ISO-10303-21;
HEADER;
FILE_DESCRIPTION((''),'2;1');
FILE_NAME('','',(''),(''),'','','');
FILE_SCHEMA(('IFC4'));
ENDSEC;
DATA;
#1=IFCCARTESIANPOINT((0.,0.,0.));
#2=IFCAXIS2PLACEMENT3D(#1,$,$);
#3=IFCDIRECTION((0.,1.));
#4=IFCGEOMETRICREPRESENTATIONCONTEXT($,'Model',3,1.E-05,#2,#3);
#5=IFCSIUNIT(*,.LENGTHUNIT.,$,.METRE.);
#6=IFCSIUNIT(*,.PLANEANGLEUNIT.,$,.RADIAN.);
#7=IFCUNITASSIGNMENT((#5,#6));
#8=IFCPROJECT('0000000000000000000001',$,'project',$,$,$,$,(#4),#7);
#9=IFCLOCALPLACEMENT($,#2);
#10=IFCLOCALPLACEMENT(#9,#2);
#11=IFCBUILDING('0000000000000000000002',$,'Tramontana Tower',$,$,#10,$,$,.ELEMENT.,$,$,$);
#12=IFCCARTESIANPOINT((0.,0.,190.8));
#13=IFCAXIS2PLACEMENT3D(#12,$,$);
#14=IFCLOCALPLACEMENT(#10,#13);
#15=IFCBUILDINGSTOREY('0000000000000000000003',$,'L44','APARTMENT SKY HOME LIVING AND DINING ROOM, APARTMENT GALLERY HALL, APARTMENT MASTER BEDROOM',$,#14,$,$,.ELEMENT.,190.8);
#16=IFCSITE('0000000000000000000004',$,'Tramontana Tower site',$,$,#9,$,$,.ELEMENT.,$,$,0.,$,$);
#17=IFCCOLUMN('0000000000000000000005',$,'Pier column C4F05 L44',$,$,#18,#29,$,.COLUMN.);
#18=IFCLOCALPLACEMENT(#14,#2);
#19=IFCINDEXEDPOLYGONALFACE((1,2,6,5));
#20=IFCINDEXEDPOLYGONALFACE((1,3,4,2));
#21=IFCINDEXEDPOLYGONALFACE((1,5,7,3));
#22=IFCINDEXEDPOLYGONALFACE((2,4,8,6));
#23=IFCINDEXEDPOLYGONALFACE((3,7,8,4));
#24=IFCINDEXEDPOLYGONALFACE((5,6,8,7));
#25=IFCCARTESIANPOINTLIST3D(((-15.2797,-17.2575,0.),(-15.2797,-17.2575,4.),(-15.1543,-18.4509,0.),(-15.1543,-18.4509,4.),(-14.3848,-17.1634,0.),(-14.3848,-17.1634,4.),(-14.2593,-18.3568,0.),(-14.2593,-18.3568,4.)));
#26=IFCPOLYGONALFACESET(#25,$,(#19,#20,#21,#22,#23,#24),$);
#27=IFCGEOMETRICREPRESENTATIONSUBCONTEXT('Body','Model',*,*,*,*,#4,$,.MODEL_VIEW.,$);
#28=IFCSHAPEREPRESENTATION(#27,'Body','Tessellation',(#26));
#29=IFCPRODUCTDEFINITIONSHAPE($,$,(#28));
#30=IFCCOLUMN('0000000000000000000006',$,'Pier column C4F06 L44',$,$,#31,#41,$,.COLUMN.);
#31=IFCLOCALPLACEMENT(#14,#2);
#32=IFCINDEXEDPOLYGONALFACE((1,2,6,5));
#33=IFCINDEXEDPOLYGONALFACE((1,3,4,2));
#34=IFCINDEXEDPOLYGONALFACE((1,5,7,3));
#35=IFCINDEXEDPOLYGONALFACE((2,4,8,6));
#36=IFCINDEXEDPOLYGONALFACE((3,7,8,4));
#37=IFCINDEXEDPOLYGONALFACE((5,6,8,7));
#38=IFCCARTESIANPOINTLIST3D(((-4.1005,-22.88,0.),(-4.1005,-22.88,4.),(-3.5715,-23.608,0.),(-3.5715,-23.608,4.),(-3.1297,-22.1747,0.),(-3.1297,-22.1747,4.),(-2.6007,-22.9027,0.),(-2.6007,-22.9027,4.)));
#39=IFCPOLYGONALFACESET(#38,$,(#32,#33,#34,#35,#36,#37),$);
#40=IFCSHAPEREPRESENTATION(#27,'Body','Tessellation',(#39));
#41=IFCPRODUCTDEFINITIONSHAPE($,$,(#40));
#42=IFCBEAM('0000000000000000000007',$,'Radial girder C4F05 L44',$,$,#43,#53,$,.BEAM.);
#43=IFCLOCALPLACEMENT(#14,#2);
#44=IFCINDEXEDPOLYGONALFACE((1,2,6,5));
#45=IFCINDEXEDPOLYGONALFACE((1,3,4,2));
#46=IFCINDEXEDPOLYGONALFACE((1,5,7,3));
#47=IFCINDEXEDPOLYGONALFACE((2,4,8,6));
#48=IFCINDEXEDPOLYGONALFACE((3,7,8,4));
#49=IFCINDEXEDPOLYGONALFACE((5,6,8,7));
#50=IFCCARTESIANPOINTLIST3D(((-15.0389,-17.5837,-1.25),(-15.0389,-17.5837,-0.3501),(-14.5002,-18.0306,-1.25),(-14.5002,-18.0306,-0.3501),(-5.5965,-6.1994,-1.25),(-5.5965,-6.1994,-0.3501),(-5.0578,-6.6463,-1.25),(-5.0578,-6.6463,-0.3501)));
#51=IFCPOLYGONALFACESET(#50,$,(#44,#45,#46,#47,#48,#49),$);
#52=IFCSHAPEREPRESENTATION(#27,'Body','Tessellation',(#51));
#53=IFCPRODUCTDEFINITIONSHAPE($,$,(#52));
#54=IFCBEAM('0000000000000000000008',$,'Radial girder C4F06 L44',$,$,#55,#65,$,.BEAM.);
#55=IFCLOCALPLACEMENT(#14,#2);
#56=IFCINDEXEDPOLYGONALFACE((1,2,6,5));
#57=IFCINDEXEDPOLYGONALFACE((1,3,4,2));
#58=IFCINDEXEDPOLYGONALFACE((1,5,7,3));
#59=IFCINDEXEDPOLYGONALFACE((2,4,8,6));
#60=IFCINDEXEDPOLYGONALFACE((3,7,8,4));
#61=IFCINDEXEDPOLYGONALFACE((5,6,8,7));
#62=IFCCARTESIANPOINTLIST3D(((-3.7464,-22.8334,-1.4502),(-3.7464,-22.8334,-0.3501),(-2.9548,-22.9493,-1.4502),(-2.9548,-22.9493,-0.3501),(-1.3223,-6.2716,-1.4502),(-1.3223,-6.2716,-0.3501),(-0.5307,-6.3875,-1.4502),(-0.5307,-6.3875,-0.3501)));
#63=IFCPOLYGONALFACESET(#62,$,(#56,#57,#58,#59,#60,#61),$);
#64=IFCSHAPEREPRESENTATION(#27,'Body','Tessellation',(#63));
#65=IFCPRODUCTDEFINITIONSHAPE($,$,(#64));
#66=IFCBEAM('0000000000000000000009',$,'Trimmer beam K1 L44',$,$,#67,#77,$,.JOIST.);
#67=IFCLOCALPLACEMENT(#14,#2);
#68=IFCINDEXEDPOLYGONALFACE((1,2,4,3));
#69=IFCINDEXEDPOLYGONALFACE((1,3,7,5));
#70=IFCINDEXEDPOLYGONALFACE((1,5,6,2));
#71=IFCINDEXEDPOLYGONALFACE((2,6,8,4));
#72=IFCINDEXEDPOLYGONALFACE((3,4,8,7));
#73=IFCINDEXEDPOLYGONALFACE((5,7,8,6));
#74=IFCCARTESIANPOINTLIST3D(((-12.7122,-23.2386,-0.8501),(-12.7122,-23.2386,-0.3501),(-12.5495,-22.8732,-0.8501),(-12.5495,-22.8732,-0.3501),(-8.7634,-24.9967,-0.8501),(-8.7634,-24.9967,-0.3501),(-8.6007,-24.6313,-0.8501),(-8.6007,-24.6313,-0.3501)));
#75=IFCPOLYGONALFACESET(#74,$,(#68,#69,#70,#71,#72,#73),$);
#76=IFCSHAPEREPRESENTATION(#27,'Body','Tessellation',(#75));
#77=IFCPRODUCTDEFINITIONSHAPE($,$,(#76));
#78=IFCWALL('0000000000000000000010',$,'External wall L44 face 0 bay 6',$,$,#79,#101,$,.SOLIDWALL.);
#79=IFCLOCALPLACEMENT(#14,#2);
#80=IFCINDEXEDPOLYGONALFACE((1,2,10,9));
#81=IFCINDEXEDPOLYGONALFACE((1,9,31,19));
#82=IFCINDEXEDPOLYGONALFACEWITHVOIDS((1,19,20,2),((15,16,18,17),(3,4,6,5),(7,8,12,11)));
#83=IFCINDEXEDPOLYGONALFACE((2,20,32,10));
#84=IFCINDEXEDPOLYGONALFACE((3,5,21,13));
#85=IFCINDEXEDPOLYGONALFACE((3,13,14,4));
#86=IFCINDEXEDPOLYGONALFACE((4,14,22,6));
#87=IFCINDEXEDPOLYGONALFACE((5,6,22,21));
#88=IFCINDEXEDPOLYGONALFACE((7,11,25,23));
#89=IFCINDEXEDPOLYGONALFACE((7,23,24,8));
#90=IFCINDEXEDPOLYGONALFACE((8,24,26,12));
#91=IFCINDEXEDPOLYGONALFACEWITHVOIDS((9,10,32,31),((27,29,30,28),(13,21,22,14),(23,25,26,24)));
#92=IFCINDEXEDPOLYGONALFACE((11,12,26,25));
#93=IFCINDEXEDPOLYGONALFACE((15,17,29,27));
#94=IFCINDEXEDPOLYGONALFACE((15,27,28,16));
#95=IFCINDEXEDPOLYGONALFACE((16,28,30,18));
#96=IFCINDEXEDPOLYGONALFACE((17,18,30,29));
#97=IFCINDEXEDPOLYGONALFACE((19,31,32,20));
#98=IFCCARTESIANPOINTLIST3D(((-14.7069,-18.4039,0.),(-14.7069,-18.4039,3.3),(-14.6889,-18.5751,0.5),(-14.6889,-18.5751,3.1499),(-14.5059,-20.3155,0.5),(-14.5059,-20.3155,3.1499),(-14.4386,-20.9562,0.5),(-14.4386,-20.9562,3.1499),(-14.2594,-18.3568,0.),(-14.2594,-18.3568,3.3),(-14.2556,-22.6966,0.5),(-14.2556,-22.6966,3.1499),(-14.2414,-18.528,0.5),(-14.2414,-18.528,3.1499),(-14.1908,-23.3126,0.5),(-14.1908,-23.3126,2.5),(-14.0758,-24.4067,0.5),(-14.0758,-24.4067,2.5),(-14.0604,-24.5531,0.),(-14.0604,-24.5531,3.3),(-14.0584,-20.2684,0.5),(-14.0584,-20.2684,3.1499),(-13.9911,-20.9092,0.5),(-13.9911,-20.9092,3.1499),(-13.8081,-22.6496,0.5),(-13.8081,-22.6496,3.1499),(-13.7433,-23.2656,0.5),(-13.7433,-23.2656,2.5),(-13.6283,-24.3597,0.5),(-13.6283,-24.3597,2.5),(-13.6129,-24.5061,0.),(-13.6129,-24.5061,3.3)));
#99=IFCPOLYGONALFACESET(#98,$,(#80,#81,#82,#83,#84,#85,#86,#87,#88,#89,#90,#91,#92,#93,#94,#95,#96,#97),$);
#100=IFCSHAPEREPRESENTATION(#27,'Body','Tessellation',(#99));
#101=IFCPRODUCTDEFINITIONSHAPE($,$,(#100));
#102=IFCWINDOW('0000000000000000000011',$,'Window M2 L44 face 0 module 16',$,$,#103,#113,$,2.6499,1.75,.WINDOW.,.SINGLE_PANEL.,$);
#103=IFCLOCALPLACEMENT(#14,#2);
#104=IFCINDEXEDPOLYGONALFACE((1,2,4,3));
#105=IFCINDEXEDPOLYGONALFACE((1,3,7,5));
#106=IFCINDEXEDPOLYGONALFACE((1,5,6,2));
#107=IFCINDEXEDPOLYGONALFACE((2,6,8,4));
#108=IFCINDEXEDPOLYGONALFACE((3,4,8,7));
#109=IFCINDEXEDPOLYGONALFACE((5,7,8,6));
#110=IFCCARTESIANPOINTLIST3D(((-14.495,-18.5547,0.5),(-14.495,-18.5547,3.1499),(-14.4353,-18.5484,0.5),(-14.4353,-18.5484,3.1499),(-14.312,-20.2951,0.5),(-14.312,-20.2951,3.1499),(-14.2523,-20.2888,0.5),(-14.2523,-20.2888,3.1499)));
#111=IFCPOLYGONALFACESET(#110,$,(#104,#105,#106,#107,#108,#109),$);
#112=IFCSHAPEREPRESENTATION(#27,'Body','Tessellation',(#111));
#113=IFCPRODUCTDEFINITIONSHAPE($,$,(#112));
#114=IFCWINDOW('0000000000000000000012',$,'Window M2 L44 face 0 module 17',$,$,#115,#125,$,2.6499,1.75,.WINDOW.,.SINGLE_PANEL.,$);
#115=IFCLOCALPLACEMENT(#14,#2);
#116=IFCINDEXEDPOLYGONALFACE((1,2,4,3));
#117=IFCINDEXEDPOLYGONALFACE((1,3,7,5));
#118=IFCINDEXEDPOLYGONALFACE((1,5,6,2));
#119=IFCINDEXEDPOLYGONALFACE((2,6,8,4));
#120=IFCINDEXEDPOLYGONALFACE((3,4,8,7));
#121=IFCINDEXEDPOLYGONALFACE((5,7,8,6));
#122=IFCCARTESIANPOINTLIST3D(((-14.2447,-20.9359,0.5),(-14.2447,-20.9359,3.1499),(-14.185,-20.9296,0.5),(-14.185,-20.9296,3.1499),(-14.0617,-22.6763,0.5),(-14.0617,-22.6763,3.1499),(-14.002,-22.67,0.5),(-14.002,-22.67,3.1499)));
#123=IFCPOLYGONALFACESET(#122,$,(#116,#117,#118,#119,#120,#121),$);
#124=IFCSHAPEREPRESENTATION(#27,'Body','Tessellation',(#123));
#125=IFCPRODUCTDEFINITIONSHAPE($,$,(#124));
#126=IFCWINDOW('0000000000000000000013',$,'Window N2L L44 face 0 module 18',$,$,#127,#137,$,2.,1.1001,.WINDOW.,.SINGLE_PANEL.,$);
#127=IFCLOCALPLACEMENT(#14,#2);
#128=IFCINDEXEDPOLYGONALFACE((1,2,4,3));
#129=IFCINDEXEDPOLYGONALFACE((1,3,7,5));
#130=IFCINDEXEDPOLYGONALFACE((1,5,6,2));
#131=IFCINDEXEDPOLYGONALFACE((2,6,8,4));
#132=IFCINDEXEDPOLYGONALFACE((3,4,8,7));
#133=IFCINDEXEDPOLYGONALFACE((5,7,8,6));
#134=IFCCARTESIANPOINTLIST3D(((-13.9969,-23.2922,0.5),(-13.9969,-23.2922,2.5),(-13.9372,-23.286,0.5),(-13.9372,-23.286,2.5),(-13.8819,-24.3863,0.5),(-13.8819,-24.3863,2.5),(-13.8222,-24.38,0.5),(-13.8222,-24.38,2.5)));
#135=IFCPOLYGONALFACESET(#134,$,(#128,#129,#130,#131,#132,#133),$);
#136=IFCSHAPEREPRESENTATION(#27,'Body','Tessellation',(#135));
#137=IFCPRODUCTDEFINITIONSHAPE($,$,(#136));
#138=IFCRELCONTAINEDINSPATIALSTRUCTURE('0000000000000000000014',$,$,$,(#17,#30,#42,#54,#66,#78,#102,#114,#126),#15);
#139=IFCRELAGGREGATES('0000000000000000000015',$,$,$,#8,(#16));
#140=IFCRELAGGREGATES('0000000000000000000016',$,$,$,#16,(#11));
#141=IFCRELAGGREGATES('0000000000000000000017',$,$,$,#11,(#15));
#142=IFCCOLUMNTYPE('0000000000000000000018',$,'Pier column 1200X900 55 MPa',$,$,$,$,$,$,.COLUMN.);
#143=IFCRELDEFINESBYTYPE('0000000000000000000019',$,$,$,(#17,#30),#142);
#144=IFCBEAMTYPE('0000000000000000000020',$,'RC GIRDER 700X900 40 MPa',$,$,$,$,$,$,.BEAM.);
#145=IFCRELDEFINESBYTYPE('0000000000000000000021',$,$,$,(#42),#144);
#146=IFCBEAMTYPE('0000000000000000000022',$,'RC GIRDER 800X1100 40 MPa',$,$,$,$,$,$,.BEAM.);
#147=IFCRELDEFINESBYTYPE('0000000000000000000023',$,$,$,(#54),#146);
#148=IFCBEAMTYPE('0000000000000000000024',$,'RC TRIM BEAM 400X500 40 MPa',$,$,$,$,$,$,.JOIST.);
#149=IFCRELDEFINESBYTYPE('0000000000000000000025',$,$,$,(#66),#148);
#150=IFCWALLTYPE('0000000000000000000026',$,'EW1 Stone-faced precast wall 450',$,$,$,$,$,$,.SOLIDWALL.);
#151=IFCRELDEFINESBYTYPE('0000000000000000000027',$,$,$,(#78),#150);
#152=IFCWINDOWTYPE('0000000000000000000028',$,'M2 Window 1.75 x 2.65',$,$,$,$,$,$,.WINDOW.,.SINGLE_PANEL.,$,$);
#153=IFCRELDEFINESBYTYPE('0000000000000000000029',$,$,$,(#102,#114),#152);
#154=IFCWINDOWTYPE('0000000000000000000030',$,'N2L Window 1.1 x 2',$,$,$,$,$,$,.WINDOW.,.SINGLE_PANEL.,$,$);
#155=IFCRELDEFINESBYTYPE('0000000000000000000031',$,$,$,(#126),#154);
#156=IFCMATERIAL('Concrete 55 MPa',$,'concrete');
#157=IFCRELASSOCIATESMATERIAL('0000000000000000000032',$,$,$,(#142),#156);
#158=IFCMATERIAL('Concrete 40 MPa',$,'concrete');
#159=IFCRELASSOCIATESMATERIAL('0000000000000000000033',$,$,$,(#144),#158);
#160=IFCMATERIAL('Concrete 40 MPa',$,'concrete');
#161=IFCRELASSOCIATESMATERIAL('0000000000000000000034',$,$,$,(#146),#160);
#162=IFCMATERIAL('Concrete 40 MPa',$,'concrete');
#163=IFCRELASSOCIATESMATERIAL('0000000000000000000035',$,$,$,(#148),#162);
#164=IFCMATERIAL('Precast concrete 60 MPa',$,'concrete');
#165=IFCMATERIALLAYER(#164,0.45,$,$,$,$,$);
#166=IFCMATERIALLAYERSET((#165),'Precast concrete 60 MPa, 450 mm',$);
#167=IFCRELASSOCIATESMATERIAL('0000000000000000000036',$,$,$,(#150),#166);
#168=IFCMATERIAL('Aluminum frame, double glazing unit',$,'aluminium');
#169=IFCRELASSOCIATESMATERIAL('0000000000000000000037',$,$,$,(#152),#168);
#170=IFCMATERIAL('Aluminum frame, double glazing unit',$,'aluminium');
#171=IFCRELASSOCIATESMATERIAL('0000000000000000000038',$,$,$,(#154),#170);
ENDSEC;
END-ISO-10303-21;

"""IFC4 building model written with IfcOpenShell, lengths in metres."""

from ifc_helpers import new_model, si_unit, direction, frame, frame_2d, origin, origin_2d, place, context, subcontext, project, spatial, rectangle, extrude, material, layer, layer_set, material_profile, profile_set, type_object, element, fill, save


model = new_model("IFC4")

# Units and contexts
model_context = context("Model", 3, precision=1e-05, world=origin(), true_north=direction((0.0, 1.0)))
body_context = subcontext(model_context, "Body", "Model", "MODEL_VIEW")
ifc_project = project(units=[si_unit("LENGTHUNIT", "METRE"), si_unit("PLANEANGLEUNIT", "RADIAN")], contexts=[model_context])

# Site, building, storey
site_placement = place(None, origin())
site = spatial("IfcSite", under=ifc_project, at=site_placement, Name="Tramontana Tower site", CompositionType="ELEMENT", RefElevation=0.0)
building_placement = place(site_placement, origin())
building = spatial("IfcBuilding", under=site, at=building_placement, Name="Tramontana Tower", CompositionType="ELEMENT")
storey_placement = place(building_placement, frame((0.0, 0.0, 190.8)))
storey = spatial("IfcBuildingStorey", under=building, at=storey_placement, Name="L44", Description="APARTMENT SKY HOME LIVING AND DINING ROOM, APARTMENT GALLERY HALL, APARTMENT MASTER BEDROOM", CompositionType="ELEMENT", Elevation=190.8)

# Columns
ifc_material_1 = material(Name="Concrete 55 MPa", Category="concrete")
ifc_material_profile_1 = material_profile(ifc_material_1, rectangle(XDim=1.2, YDim=0.8999, at=origin_2d()), Name="Pier column 1200X900 55 MPa")
ifc_profile_set_1 = profile_set([ifc_material_profile_1], Name="Concrete 55 MPa")
column_type = type_object("IfcColumnType", Name="Pier column 1200X900 55 MPa", PredefinedType="COLUMN", material=ifc_profile_set_1)
for number, where, z_axis, x_axis, name in (
    (1, (-14.7695, -17.8071, 0.0), (0.0, 0.0, 1.0), (0.104528, -0.994522, 0.0), "Pier column C4F05 L44"),
    (2, (-3.3506, -22.8914, 0.0), (0.0, 0.0, 1.0), (0.809017, 0.587785, 0.0), "Pier column C4F06 L44"),
):
    element("IfcColumn", number, at=place(storey_placement, frame(where, z_axis=z_axis, x_axis=x_axis)), inside=storey, type_object=column_type, Name=name, PredefinedType="COLUMN", context=body_context, shape_type="SweptSolid", body=[
        extrude(rectangle(XDim=1.2, YDim=0.8999, at=origin_2d()), origin(), (0.0, 0.0, 1.0), 4.0),
    ])

# Beams
ifc_material_2 = material(Name="Concrete 40 MPa", Category="concrete")
ifc_material_profile_2 = material_profile(ifc_material_2, rectangle(XDim=0.7, YDim=0.8999, at=origin_2d()), Name="RC GIRDER 700X900 40 MPa")
ifc_profile_set_2 = profile_set([ifc_material_profile_2], Name="Concrete 40 MPa")
beam_type_1 = type_object("IfcBeamType", Name="RC GIRDER 700X900 40 MPa", PredefinedType="BEAM", material=ifc_profile_set_2)
beam_1_placement = place(storey_placement, frame((-14.7695, -17.8071, -0.8), z_axis=(0.638406, 0.769699, 0.0), x_axis=(-0.769699, 0.638406, 0.0)))
element("IfcBeam", 3, at=beam_1_placement, inside=storey, type_object=beam_type_1, Name="Radial girder C4F05 L44", PredefinedType="BEAM", context=body_context, shape_type="SweptSolid", body=[
    extrude(rectangle(XDim=0.7, YDim=0.8999, at=origin_2d()), origin(), (0.0, 0.0, 1.0), 14.7905),
])
ifc_material_3 = material(Name="Concrete 40 MPa", Category="concrete")
ifc_material_profile_3 = material_profile(ifc_material_3, rectangle(XDim=0.8, YDim=1.1001, at=origin_2d()), Name="RC GIRDER 800X1100 40 MPa")
ifc_profile_set_3 = profile_set([ifc_material_profile_3], Name="Concrete 40 MPa")
beam_type_2 = type_object("IfcBeamType", Name="RC GIRDER 800X1100 40 MPa", PredefinedType="BEAM", material=ifc_profile_set_3)
beam_2_placement = place(storey_placement, frame((-3.3506, -22.8914, -0.9001), z_axis=(0.144823, 0.989458, 0.0), x_axis=(-0.989458, 0.144823, 0.0)))
element("IfcBeam", 4, at=beam_2_placement, inside=storey, type_object=beam_type_2, Name="Radial girder C4F06 L44", PredefinedType="BEAM", context=body_context, shape_type="SweptSolid", body=[
    extrude(rectangle(XDim=0.8, YDim=1.1001, at=origin_2d()), origin(), (0.0, 0.0, 1.0), 16.7383),
])
ifc_material_4 = material(Name="Concrete 40 MPa", Category="concrete")
ifc_material_profile_4 = material_profile(ifc_material_4, rectangle(XDim=0.3999, YDim=0.5, at=origin_2d()), Name="RC TRIM BEAM 400X500 40 MPa")
ifc_profile_set_4 = profile_set([ifc_material_profile_4], Name="Concrete 40 MPa")
beam_type_3 = type_object("IfcBeamType", Name="RC TRIM BEAM 400X500 40 MPa", PredefinedType="JOIST", material=ifc_profile_set_4)
beam_3_placement = place(storey_placement, frame((-12.6309, -23.0559, -0.6001), z_axis=(0.913548, -0.406731, 0.0), x_axis=(0.406731, 0.913548, 0.0)))
element("IfcBeam", 5, at=beam_3_placement, inside=storey, type_object=beam_type_3, Name="Trimmer beam K1 L44", PredefinedType="JOIST", context=body_context, shape_type="SweptSolid", body=[
    extrude(rectangle(XDim=0.3999, YDim=0.5, at=origin_2d()), origin(), (0.0, 0.0, 1.0), 4.3225),
])

# Wall, openings, windows
ifc_material_5 = material(Name="Precast concrete 60 MPa", Category="concrete")
ifc_layer_1 = layer(ifc_material_5, 0.45)
ifc_layer_set_1 = layer_set([ifc_layer_1], Name="Precast concrete 60 MPa, 450 mm")
wall_type_1 = type_object("IfcWallType", Name="EW1 Stone-faced precast wall 450", PredefinedType="SOLIDWALL", material=ifc_layer_set_1)
wall_1_placement = place(storey_placement, frame((-14.4832, -18.3804, 0.0), z_axis=(0.0, 0.0, 1.0), x_axis=(0.104557, -0.994519, 0.0)))
wall_1 = element("IfcWall", 6, at=wall_1_placement, inside=storey, type_object=wall_type_1, Name="External wall L44 face 0 bay 6", PredefinedType="SOLIDWALL", context=body_context, shape_type="SweptSolid", body=[
    extrude(rectangle(XDim=6.1831, YDim=0.45, at=frame_2d((3.0916, 0.0))), origin(), (0.0, 0.0, 1.0), 3.3),
])
opening_1_placement = place(wall_1_placement, frame((0.1721, 0.0, 0.5)))
opening_1 = element("IfcOpeningElement", 7, at=opening_1_placement, cuts=wall_1, PredefinedType="OPENING", context=body_context, shape_type="SweptSolid", body=[
    extrude(rectangle(XDim=1.75, YDim=2.6499, at=frame_2d((0.875, 1.325))), frame((0.0, 0.2349, 0.0), z_axis=(0.0, -1.0, 0.0), x_axis=(1.0, 0.0, 0.0)), (0.0, 0.0, 1.0), 0.47),
])
opening_2_placement = place(wall_1_placement, frame((2.5664, 0.0, 0.5)))
opening_2 = element("IfcOpeningElement", 8, at=opening_2_placement, cuts=wall_1, PredefinedType="OPENING", context=body_context, shape_type="SweptSolid", body=[
    extrude(rectangle(XDim=1.75, YDim=2.6499, at=frame_2d((0.875, 1.325))), frame((0.0, 0.2349, 0.0), z_axis=(0.0, -1.0, 0.0), x_axis=(1.0, 0.0, 0.0)), (0.0, 0.0, 1.0), 0.47),
])
opening_3_placement = place(wall_1_placement, frame((4.9358, 0.0, 0.5)))
opening_3 = element("IfcOpeningElement", 9, at=opening_3_placement, cuts=wall_1, PredefinedType="OPENING", context=body_context, shape_type="SweptSolid", body=[
    extrude(rectangle(XDim=1.1001, YDim=2.0, at=frame_2d((0.55, 1.0))), frame((0.0, 0.2349, 0.0), z_axis=(0.0, -1.0, 0.0), x_axis=(1.0, 0.0, 0.0)), (0.0, 0.0, 1.0), 0.47),
])
ifc_material_6 = material(Name="Aluminum frame, double glazing unit", Category="aluminium")
window_type_1 = type_object("IfcWindowType", Name="M2 Window 1.75 x 2.65", PartitioningType="SINGLE_PANEL", PredefinedType="WINDOW", material=ifc_material_6)
window_1_placement = place(opening_1_placement, origin())
window_1 = element("IfcWindow", 10, at=window_1_placement, inside=storey, type_object=window_type_1, Name="Window M2 L44 face 0 module 16", OverallHeight=2.6499, OverallWidth=1.75, PartitioningType="SINGLE_PANEL", PredefinedType="WINDOW", context=body_context, shape_type="SweptSolid", body=[
    extrude(rectangle(XDim=1.75, YDim=2.6499, at=frame_2d((0.875, 1.325))), frame((0.0, 0.03, 0.0), z_axis=(0.0, -1.0, 0.0), x_axis=(1.0, 0.0, 0.0)), (0.0, 0.0, 1.0), 0.0601),
])
fill(opening_1, window_1)
window_2_placement = place(opening_2_placement, origin())
window_2 = element("IfcWindow", 11, at=window_2_placement, inside=storey, type_object=window_type_1, Name="Window M2 L44 face 0 module 17", OverallHeight=2.6499, OverallWidth=1.75, PartitioningType="SINGLE_PANEL", PredefinedType="WINDOW", context=body_context, shape_type="SweptSolid", body=[
    extrude(rectangle(XDim=1.75, YDim=2.6499, at=frame_2d((0.875, 1.325))), frame((0.0, 0.03, 0.0), z_axis=(0.0, -1.0, 0.0), x_axis=(1.0, 0.0, 0.0)), (0.0, 0.0, 1.0), 0.0601),
])
fill(opening_2, window_2)
ifc_material_7 = material(Name="Aluminum frame, double glazing unit", Category="aluminium")
window_type_2 = type_object("IfcWindowType", Name="N2L Window 1.1 x 2", PartitioningType="SINGLE_PANEL", PredefinedType="WINDOW", material=ifc_material_7)
window_3_placement = place(opening_3_placement, origin())
window_3 = element("IfcWindow", 12, at=window_3_placement, inside=storey, type_object=window_type_2, Name="Window N2L L44 face 0 module 18", OverallHeight=2.0, OverallWidth=1.1001, PartitioningType="SINGLE_PANEL", PredefinedType="WINDOW", context=body_context, shape_type="SweptSolid", body=[
    extrude(rectangle(XDim=1.1001, YDim=2.0, at=frame_2d((0.55, 1.0))), frame((0.0, 0.03, 0.0), z_axis=(0.0, -1.0, 0.0), x_axis=(1.0, 0.0, 0.0)), (0.0, 0.0, 1.0), 0.0601),
])
fill(opening_3, window_3)

save(model, "model.ifc")
